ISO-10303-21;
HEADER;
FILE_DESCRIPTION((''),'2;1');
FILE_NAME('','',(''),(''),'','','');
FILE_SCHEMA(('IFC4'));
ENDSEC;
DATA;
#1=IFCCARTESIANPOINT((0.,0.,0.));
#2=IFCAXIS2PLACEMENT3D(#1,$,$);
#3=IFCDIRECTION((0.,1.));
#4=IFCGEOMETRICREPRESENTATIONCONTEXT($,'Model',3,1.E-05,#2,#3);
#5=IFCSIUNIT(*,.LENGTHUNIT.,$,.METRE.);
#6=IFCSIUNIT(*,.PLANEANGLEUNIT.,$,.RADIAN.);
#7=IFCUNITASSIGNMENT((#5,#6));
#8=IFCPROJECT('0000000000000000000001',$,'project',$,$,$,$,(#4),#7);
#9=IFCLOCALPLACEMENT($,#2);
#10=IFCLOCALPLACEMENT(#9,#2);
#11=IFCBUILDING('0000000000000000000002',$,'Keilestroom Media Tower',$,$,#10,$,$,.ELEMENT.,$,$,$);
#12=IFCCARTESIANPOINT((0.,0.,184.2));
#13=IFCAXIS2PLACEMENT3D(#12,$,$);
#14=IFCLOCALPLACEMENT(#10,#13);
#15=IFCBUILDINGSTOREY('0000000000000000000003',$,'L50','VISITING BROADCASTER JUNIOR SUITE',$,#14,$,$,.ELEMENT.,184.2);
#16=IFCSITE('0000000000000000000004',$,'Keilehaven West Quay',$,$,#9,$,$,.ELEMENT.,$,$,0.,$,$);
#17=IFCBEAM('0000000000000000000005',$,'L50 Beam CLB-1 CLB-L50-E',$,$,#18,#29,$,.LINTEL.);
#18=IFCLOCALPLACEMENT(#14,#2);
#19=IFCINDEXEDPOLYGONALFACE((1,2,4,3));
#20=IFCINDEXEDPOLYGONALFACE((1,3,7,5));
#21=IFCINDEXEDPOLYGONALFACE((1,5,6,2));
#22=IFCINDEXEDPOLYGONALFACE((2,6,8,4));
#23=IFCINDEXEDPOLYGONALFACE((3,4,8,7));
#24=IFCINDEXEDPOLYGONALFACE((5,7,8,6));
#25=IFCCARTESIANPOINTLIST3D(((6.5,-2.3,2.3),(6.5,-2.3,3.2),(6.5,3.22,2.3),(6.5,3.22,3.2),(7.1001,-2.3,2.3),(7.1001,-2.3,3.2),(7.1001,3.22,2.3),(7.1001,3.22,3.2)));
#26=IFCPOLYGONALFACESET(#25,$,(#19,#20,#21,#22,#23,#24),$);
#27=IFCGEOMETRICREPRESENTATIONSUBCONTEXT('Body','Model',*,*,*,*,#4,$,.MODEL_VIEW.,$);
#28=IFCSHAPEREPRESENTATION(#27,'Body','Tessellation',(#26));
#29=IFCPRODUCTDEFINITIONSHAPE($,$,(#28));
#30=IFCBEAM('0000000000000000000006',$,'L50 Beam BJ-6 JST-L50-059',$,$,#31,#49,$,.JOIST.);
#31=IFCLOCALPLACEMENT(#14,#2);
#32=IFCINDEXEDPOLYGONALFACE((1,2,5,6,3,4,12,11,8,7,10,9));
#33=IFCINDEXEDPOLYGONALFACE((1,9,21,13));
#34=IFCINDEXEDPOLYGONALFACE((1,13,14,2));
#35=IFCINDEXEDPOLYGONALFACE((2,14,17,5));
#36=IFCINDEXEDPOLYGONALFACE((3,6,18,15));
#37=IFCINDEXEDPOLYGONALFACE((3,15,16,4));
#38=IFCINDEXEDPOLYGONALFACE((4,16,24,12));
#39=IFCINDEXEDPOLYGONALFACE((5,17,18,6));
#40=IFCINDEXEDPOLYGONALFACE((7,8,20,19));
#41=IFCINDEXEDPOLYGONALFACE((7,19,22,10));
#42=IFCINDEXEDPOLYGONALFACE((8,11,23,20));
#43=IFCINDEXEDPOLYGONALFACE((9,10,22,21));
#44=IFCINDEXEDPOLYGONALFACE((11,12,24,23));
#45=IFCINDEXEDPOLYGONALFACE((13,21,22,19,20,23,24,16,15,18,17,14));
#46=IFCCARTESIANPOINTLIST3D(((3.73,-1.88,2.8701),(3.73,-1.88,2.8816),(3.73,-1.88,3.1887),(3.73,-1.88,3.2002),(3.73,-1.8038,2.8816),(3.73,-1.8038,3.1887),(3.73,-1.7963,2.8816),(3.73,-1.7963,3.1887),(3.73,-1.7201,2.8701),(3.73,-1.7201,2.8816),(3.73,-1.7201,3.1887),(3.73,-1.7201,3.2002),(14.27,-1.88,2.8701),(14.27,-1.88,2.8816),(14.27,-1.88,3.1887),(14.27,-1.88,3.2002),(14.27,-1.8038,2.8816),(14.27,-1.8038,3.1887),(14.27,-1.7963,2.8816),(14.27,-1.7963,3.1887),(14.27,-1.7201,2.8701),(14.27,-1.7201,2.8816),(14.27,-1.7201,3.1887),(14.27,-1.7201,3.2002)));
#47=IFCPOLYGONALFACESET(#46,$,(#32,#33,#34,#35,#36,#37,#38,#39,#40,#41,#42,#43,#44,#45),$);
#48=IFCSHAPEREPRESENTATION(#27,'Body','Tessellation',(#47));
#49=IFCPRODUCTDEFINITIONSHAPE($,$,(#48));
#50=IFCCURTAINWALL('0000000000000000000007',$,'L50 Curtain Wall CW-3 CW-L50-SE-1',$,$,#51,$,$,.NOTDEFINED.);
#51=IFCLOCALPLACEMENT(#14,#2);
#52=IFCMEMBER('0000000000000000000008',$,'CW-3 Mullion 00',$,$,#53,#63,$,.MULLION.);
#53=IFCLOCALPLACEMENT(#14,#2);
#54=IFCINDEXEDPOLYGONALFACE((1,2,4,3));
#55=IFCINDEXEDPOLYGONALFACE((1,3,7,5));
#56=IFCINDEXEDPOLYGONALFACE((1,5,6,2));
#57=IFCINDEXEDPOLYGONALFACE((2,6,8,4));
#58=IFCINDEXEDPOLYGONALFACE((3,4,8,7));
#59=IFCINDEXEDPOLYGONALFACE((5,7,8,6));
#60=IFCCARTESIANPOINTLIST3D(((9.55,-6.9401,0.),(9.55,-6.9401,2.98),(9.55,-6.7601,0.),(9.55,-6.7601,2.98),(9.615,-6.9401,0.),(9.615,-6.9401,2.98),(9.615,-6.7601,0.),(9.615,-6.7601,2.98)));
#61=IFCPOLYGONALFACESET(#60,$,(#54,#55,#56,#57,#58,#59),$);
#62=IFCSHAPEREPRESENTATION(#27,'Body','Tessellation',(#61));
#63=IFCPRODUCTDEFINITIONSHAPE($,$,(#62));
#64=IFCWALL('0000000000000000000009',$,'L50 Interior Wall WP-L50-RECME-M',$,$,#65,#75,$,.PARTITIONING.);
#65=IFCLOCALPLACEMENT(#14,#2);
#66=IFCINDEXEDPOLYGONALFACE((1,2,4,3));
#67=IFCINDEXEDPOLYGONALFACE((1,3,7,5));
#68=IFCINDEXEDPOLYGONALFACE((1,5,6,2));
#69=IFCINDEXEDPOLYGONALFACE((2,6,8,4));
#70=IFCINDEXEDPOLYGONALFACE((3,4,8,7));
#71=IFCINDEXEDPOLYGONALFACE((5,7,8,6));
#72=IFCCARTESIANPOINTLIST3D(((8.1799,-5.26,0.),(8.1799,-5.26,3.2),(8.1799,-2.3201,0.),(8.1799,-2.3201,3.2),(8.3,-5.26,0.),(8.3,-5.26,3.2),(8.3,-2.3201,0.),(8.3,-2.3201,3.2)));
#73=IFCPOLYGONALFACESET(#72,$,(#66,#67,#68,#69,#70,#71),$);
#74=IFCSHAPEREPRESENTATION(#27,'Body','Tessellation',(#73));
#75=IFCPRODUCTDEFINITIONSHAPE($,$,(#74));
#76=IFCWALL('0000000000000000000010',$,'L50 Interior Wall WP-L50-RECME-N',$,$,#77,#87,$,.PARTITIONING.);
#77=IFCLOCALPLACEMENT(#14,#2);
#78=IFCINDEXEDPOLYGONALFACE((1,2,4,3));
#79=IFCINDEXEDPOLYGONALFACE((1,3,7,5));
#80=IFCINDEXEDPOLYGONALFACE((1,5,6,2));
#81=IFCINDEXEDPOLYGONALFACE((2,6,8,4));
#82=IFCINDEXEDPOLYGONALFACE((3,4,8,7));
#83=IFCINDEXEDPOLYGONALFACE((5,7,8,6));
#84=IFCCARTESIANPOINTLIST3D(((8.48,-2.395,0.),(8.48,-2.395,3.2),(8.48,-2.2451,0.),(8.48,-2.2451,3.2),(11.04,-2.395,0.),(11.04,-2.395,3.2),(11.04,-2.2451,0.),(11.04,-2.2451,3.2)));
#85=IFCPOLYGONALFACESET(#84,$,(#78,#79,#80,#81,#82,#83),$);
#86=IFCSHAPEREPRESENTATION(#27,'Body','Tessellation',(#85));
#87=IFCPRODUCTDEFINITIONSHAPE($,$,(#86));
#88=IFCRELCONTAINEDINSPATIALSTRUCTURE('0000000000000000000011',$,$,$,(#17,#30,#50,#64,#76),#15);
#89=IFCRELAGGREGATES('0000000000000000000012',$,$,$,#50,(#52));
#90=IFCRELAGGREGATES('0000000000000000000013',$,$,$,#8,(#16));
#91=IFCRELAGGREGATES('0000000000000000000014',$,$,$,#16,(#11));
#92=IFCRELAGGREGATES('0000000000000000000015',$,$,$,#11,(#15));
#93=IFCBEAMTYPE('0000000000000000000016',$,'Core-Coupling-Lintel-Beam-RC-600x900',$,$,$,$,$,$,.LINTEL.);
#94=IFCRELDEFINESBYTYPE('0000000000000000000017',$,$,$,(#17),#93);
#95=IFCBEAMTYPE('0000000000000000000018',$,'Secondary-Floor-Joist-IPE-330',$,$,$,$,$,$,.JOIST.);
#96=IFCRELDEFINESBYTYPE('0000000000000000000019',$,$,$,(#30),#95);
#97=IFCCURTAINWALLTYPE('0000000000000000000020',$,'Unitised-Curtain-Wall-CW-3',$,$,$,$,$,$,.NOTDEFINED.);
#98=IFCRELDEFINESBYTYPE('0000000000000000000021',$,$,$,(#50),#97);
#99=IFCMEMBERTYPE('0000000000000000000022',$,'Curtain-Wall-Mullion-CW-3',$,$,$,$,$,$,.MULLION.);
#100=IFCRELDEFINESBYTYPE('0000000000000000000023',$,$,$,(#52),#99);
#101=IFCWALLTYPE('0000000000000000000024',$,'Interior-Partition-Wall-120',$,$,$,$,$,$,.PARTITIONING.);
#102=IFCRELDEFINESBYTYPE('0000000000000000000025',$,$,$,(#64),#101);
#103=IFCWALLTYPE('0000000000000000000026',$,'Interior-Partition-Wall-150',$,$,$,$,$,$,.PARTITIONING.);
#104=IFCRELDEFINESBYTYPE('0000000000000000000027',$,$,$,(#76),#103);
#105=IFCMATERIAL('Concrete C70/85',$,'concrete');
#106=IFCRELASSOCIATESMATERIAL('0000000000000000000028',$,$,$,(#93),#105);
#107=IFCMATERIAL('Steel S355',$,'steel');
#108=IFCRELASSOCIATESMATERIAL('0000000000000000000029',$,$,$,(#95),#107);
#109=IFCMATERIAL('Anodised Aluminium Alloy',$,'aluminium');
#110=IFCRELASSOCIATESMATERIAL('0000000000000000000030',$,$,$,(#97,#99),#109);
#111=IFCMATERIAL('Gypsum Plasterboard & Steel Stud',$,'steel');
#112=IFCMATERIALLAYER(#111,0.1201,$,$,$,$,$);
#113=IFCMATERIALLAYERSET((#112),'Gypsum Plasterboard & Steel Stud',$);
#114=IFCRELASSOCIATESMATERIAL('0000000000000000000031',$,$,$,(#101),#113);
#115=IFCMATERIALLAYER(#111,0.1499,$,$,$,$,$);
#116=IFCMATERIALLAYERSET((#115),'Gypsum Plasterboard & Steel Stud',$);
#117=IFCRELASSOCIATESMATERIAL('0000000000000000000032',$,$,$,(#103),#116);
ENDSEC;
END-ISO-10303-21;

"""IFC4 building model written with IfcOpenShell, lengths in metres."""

from ifc_helpers import new_model, si_unit, direction, frame, frame_2d, origin, origin_2d, place, context, subcontext, project, spatial, rectangle, i_section, extrude, source, transform, mapped, material, layer, layer_set, material_profile, profile_set, type_object, element, aggregate, save


model = new_model("IFC4")

# Units and contexts
model_context = context("Model", 3, precision=1e-05, world=origin(), true_north=direction((0.0, 1.0)))
body_context = subcontext(model_context, "Body", "Model", "MODEL_VIEW")
ifc_project = project(units=[si_unit("LENGTHUNIT", "METRE"), si_unit("PLANEANGLEUNIT", "RADIAN")], contexts=[model_context])

# Site, building, storey
site_placement = place(None, origin())
site = spatial("IfcSite", under=ifc_project, at=site_placement, Name="Keilehaven West Quay", CompositionType="ELEMENT", RefElevation=0.0)
building_placement = place(site_placement, origin())
building = spatial("IfcBuilding", under=site, at=building_placement, Name="Keilestroom Media Tower", CompositionType="ELEMENT")
storey_placement = place(building_placement, frame((0.0, 0.0, 184.2)))
storey = spatial("IfcBuildingStorey", under=building, at=storey_placement, Name="L50", Description="VISITING BROADCASTER JUNIOR SUITE", CompositionType="ELEMENT", Elevation=184.2)

# Beams
ifc_material_1 = material(Name="Concrete C70/85", Category="concrete")
ifc_material_profile_1 = material_profile(ifc_material_1, rectangle(XDim=0.6001, YDim=0.8999, at=origin_2d()), Name="RC 600x900")
ifc_profile_set_1 = profile_set([ifc_material_profile_1], Name="Concrete C70/85")
beam_type_1 = type_object("IfcBeamType", Name="Core-Coupling-Lintel-Beam-RC-600x900", PredefinedType="LINTEL", material=ifc_profile_set_1)
shared_shape_1 = source(origin(), body_context, "Body", "SweptSolid", [
    extrude(rectangle(XDim=0.6001, YDim=0.8999, at=origin_2d()), origin(), (0.0, 0.0, 1.0), 5.52),
])
beam_1_placement = place(storey_placement, frame((6.8, -2.3, 2.75), z_axis=(0.0, 1.0, 0.0), x_axis=(-1.0, 0.0, 0.0)))
element("IfcBeam", 1, at=beam_1_placement, inside=storey, type_object=beam_type_1, Name="L50 Beam CLB-1 CLB-L50-E", PredefinedType="LINTEL", context=body_context, shape_type="MappedRepresentation", body=[
    mapped(shared_shape_1, transform((0.0, 0.0, 0.0), x_axis=(1.0, 0.0, 0.0), y_axis=(0.0, 1.0, 0.0), z_axis=(0.0, 0.0, 1.0), scale=1.0)),
])
ifc_material_2 = material(Name="Steel S355", Category="steel")
ifc_material_profile_2 = material_profile(ifc_material_2, i_section(OverallWidth=0.1599, OverallDepth=0.3301, WebThickness=0.0076, FlangeThickness=0.0115, at=origin_2d()), Name="IPE 330")
ifc_profile_set_2 = profile_set([ifc_material_profile_2], Name="Steel S355")
beam_type_2 = type_object("IfcBeamType", Name="Secondary-Floor-Joist-IPE-330", PredefinedType="JOIST", material=ifc_profile_set_2)
shared_shape_2 = source(origin(), body_context, "Body", "SweptSolid", [
    extrude(i_section(OverallWidth=0.1599, OverallDepth=0.3301, WebThickness=0.0076, FlangeThickness=0.0115, at=origin_2d()), origin(), (0.0, 0.0, 1.0), 10.54),
])
beam_2_placement = place(storey_placement, frame((3.73, -1.8, 3.0352), z_axis=(1.0, 0.0, 0.0), x_axis=(0.0, 1.0, 0.0)))
element("IfcBeam", 2, at=beam_2_placement, inside=storey, type_object=beam_type_2, Name="L50 Beam BJ-6 JST-L50-059", PredefinedType="JOIST", context=body_context, shape_type="MappedRepresentation", body=[
    mapped(shared_shape_2, transform((0.0, 0.0, 0.0), x_axis=(1.0, 0.0, 0.0), y_axis=(0.0, 1.0, 0.0), z_axis=(0.0, 0.0, 1.0), scale=1.0)),
])

# Curtain wall, member
ifc_material_3 = material(Name="Anodised Aluminium Alloy", Category="aluminium")
curtain_wall_type = type_object("IfcCurtainWallType", Name="Unitised-Curtain-Wall-CW-3", PredefinedType="NOTDEFINED", material=ifc_material_3)
curtain_wall_placement = place(storey_placement, origin())
curtain_wall = element("IfcCurtainWall", 3, at=curtain_wall_placement, inside=storey, type_object=curtain_wall_type, Name="L50 Curtain Wall CW-3 CW-L50-SE-1", PredefinedType="NOTDEFINED")
ifc_material_profile_3 = material_profile(ifc_material_3, rectangle(XDim=0.0649, YDim=0.1799, at=origin_2d()), Name="ALU MULLION 65x180")
ifc_profile_set_3 = profile_set([ifc_material_profile_3], Name="Anodised Aluminium Alloy")
member_type = type_object("IfcMemberType", Name="Curtain-Wall-Mullion-CW-3", PredefinedType="MULLION", material=ifc_profile_set_3)
shared_shape_3 = source(origin(), body_context, "Body", "SweptSolid", [
    extrude(rectangle(XDim=0.0649, YDim=0.1799, at=origin_2d()), origin(), (0.0, 0.0, 1.0), 2.98),
])
member_placement = place(storey_placement, frame((9.5825, -6.8501, 0.0), z_axis=(0.0, 0.0, 1.0), x_axis=(1.0, 0.0, 0.0)))
member = element("IfcMember", 4, at=member_placement, type_object=member_type, Name="CW-3 Mullion 00", PredefinedType="MULLION", context=body_context, shape_type="MappedRepresentation", body=[
    mapped(shared_shape_3, transform((0.0, 0.0, 0.0), x_axis=(1.0, 0.0, 0.0), y_axis=(0.0, 1.0, 0.0), z_axis=(0.0, 0.0, 1.0), scale=1.0)),
])
aggregate(curtain_wall, [member])

# Walls
ifc_material_4 = material(Name="Gypsum Plasterboard & Steel Stud", Category="steel")
ifc_layer_1 = layer(ifc_material_4, 0.1201)
ifc_layer_set_1 = layer_set([ifc_layer_1], Name="Gypsum Plasterboard & Steel Stud")
wall_type_1 = type_object("IfcWallType", Name="Interior-Partition-Wall-120", PredefinedType="PARTITIONING", material=ifc_layer_set_1)
wall_1_placement = place(storey_placement, frame((8.24, -5.26, 0.0), z_axis=(0.0, 0.0, 1.0), x_axis=(0.0, 1.0, 0.0)))
element("IfcWall", 5, at=wall_1_placement, inside=storey, type_object=wall_type_1, Name="L50 Interior Wall WP-L50-RECME-M", PredefinedType="PARTITIONING", context=body_context, shape_type="SweptSolid", body=[
    extrude(rectangle(XDim=2.9399, YDim=0.1201, at=frame_2d((1.47, 0.0))), origin(), (0.0, 0.0, 1.0), 3.2),
])
ifc_layer_2 = layer(ifc_material_4, 0.1499)
ifc_layer_set_2 = layer_set([ifc_layer_2], Name="Gypsum Plasterboard & Steel Stud")
wall_type_2 = type_object("IfcWallType", Name="Interior-Partition-Wall-150", PredefinedType="PARTITIONING", material=ifc_layer_set_2)
wall_2_placement = place(storey_placement, frame((8.48, -2.3201, 0.0), z_axis=(0.0, 0.0, 1.0), x_axis=(1.0, 0.0, 0.0)))
element("IfcWall", 6, at=wall_2_placement, inside=storey, type_object=wall_type_2, Name="L50 Interior Wall WP-L50-RECME-N", PredefinedType="PARTITIONING", context=body_context, shape_type="SweptSolid", body=[
    extrude(rectangle(XDim=2.5601, YDim=0.1499, at=frame_2d((1.28, 0.0))), origin(), (0.0, 0.0, 1.0), 3.2),
])

save(model, "model.ifc")
